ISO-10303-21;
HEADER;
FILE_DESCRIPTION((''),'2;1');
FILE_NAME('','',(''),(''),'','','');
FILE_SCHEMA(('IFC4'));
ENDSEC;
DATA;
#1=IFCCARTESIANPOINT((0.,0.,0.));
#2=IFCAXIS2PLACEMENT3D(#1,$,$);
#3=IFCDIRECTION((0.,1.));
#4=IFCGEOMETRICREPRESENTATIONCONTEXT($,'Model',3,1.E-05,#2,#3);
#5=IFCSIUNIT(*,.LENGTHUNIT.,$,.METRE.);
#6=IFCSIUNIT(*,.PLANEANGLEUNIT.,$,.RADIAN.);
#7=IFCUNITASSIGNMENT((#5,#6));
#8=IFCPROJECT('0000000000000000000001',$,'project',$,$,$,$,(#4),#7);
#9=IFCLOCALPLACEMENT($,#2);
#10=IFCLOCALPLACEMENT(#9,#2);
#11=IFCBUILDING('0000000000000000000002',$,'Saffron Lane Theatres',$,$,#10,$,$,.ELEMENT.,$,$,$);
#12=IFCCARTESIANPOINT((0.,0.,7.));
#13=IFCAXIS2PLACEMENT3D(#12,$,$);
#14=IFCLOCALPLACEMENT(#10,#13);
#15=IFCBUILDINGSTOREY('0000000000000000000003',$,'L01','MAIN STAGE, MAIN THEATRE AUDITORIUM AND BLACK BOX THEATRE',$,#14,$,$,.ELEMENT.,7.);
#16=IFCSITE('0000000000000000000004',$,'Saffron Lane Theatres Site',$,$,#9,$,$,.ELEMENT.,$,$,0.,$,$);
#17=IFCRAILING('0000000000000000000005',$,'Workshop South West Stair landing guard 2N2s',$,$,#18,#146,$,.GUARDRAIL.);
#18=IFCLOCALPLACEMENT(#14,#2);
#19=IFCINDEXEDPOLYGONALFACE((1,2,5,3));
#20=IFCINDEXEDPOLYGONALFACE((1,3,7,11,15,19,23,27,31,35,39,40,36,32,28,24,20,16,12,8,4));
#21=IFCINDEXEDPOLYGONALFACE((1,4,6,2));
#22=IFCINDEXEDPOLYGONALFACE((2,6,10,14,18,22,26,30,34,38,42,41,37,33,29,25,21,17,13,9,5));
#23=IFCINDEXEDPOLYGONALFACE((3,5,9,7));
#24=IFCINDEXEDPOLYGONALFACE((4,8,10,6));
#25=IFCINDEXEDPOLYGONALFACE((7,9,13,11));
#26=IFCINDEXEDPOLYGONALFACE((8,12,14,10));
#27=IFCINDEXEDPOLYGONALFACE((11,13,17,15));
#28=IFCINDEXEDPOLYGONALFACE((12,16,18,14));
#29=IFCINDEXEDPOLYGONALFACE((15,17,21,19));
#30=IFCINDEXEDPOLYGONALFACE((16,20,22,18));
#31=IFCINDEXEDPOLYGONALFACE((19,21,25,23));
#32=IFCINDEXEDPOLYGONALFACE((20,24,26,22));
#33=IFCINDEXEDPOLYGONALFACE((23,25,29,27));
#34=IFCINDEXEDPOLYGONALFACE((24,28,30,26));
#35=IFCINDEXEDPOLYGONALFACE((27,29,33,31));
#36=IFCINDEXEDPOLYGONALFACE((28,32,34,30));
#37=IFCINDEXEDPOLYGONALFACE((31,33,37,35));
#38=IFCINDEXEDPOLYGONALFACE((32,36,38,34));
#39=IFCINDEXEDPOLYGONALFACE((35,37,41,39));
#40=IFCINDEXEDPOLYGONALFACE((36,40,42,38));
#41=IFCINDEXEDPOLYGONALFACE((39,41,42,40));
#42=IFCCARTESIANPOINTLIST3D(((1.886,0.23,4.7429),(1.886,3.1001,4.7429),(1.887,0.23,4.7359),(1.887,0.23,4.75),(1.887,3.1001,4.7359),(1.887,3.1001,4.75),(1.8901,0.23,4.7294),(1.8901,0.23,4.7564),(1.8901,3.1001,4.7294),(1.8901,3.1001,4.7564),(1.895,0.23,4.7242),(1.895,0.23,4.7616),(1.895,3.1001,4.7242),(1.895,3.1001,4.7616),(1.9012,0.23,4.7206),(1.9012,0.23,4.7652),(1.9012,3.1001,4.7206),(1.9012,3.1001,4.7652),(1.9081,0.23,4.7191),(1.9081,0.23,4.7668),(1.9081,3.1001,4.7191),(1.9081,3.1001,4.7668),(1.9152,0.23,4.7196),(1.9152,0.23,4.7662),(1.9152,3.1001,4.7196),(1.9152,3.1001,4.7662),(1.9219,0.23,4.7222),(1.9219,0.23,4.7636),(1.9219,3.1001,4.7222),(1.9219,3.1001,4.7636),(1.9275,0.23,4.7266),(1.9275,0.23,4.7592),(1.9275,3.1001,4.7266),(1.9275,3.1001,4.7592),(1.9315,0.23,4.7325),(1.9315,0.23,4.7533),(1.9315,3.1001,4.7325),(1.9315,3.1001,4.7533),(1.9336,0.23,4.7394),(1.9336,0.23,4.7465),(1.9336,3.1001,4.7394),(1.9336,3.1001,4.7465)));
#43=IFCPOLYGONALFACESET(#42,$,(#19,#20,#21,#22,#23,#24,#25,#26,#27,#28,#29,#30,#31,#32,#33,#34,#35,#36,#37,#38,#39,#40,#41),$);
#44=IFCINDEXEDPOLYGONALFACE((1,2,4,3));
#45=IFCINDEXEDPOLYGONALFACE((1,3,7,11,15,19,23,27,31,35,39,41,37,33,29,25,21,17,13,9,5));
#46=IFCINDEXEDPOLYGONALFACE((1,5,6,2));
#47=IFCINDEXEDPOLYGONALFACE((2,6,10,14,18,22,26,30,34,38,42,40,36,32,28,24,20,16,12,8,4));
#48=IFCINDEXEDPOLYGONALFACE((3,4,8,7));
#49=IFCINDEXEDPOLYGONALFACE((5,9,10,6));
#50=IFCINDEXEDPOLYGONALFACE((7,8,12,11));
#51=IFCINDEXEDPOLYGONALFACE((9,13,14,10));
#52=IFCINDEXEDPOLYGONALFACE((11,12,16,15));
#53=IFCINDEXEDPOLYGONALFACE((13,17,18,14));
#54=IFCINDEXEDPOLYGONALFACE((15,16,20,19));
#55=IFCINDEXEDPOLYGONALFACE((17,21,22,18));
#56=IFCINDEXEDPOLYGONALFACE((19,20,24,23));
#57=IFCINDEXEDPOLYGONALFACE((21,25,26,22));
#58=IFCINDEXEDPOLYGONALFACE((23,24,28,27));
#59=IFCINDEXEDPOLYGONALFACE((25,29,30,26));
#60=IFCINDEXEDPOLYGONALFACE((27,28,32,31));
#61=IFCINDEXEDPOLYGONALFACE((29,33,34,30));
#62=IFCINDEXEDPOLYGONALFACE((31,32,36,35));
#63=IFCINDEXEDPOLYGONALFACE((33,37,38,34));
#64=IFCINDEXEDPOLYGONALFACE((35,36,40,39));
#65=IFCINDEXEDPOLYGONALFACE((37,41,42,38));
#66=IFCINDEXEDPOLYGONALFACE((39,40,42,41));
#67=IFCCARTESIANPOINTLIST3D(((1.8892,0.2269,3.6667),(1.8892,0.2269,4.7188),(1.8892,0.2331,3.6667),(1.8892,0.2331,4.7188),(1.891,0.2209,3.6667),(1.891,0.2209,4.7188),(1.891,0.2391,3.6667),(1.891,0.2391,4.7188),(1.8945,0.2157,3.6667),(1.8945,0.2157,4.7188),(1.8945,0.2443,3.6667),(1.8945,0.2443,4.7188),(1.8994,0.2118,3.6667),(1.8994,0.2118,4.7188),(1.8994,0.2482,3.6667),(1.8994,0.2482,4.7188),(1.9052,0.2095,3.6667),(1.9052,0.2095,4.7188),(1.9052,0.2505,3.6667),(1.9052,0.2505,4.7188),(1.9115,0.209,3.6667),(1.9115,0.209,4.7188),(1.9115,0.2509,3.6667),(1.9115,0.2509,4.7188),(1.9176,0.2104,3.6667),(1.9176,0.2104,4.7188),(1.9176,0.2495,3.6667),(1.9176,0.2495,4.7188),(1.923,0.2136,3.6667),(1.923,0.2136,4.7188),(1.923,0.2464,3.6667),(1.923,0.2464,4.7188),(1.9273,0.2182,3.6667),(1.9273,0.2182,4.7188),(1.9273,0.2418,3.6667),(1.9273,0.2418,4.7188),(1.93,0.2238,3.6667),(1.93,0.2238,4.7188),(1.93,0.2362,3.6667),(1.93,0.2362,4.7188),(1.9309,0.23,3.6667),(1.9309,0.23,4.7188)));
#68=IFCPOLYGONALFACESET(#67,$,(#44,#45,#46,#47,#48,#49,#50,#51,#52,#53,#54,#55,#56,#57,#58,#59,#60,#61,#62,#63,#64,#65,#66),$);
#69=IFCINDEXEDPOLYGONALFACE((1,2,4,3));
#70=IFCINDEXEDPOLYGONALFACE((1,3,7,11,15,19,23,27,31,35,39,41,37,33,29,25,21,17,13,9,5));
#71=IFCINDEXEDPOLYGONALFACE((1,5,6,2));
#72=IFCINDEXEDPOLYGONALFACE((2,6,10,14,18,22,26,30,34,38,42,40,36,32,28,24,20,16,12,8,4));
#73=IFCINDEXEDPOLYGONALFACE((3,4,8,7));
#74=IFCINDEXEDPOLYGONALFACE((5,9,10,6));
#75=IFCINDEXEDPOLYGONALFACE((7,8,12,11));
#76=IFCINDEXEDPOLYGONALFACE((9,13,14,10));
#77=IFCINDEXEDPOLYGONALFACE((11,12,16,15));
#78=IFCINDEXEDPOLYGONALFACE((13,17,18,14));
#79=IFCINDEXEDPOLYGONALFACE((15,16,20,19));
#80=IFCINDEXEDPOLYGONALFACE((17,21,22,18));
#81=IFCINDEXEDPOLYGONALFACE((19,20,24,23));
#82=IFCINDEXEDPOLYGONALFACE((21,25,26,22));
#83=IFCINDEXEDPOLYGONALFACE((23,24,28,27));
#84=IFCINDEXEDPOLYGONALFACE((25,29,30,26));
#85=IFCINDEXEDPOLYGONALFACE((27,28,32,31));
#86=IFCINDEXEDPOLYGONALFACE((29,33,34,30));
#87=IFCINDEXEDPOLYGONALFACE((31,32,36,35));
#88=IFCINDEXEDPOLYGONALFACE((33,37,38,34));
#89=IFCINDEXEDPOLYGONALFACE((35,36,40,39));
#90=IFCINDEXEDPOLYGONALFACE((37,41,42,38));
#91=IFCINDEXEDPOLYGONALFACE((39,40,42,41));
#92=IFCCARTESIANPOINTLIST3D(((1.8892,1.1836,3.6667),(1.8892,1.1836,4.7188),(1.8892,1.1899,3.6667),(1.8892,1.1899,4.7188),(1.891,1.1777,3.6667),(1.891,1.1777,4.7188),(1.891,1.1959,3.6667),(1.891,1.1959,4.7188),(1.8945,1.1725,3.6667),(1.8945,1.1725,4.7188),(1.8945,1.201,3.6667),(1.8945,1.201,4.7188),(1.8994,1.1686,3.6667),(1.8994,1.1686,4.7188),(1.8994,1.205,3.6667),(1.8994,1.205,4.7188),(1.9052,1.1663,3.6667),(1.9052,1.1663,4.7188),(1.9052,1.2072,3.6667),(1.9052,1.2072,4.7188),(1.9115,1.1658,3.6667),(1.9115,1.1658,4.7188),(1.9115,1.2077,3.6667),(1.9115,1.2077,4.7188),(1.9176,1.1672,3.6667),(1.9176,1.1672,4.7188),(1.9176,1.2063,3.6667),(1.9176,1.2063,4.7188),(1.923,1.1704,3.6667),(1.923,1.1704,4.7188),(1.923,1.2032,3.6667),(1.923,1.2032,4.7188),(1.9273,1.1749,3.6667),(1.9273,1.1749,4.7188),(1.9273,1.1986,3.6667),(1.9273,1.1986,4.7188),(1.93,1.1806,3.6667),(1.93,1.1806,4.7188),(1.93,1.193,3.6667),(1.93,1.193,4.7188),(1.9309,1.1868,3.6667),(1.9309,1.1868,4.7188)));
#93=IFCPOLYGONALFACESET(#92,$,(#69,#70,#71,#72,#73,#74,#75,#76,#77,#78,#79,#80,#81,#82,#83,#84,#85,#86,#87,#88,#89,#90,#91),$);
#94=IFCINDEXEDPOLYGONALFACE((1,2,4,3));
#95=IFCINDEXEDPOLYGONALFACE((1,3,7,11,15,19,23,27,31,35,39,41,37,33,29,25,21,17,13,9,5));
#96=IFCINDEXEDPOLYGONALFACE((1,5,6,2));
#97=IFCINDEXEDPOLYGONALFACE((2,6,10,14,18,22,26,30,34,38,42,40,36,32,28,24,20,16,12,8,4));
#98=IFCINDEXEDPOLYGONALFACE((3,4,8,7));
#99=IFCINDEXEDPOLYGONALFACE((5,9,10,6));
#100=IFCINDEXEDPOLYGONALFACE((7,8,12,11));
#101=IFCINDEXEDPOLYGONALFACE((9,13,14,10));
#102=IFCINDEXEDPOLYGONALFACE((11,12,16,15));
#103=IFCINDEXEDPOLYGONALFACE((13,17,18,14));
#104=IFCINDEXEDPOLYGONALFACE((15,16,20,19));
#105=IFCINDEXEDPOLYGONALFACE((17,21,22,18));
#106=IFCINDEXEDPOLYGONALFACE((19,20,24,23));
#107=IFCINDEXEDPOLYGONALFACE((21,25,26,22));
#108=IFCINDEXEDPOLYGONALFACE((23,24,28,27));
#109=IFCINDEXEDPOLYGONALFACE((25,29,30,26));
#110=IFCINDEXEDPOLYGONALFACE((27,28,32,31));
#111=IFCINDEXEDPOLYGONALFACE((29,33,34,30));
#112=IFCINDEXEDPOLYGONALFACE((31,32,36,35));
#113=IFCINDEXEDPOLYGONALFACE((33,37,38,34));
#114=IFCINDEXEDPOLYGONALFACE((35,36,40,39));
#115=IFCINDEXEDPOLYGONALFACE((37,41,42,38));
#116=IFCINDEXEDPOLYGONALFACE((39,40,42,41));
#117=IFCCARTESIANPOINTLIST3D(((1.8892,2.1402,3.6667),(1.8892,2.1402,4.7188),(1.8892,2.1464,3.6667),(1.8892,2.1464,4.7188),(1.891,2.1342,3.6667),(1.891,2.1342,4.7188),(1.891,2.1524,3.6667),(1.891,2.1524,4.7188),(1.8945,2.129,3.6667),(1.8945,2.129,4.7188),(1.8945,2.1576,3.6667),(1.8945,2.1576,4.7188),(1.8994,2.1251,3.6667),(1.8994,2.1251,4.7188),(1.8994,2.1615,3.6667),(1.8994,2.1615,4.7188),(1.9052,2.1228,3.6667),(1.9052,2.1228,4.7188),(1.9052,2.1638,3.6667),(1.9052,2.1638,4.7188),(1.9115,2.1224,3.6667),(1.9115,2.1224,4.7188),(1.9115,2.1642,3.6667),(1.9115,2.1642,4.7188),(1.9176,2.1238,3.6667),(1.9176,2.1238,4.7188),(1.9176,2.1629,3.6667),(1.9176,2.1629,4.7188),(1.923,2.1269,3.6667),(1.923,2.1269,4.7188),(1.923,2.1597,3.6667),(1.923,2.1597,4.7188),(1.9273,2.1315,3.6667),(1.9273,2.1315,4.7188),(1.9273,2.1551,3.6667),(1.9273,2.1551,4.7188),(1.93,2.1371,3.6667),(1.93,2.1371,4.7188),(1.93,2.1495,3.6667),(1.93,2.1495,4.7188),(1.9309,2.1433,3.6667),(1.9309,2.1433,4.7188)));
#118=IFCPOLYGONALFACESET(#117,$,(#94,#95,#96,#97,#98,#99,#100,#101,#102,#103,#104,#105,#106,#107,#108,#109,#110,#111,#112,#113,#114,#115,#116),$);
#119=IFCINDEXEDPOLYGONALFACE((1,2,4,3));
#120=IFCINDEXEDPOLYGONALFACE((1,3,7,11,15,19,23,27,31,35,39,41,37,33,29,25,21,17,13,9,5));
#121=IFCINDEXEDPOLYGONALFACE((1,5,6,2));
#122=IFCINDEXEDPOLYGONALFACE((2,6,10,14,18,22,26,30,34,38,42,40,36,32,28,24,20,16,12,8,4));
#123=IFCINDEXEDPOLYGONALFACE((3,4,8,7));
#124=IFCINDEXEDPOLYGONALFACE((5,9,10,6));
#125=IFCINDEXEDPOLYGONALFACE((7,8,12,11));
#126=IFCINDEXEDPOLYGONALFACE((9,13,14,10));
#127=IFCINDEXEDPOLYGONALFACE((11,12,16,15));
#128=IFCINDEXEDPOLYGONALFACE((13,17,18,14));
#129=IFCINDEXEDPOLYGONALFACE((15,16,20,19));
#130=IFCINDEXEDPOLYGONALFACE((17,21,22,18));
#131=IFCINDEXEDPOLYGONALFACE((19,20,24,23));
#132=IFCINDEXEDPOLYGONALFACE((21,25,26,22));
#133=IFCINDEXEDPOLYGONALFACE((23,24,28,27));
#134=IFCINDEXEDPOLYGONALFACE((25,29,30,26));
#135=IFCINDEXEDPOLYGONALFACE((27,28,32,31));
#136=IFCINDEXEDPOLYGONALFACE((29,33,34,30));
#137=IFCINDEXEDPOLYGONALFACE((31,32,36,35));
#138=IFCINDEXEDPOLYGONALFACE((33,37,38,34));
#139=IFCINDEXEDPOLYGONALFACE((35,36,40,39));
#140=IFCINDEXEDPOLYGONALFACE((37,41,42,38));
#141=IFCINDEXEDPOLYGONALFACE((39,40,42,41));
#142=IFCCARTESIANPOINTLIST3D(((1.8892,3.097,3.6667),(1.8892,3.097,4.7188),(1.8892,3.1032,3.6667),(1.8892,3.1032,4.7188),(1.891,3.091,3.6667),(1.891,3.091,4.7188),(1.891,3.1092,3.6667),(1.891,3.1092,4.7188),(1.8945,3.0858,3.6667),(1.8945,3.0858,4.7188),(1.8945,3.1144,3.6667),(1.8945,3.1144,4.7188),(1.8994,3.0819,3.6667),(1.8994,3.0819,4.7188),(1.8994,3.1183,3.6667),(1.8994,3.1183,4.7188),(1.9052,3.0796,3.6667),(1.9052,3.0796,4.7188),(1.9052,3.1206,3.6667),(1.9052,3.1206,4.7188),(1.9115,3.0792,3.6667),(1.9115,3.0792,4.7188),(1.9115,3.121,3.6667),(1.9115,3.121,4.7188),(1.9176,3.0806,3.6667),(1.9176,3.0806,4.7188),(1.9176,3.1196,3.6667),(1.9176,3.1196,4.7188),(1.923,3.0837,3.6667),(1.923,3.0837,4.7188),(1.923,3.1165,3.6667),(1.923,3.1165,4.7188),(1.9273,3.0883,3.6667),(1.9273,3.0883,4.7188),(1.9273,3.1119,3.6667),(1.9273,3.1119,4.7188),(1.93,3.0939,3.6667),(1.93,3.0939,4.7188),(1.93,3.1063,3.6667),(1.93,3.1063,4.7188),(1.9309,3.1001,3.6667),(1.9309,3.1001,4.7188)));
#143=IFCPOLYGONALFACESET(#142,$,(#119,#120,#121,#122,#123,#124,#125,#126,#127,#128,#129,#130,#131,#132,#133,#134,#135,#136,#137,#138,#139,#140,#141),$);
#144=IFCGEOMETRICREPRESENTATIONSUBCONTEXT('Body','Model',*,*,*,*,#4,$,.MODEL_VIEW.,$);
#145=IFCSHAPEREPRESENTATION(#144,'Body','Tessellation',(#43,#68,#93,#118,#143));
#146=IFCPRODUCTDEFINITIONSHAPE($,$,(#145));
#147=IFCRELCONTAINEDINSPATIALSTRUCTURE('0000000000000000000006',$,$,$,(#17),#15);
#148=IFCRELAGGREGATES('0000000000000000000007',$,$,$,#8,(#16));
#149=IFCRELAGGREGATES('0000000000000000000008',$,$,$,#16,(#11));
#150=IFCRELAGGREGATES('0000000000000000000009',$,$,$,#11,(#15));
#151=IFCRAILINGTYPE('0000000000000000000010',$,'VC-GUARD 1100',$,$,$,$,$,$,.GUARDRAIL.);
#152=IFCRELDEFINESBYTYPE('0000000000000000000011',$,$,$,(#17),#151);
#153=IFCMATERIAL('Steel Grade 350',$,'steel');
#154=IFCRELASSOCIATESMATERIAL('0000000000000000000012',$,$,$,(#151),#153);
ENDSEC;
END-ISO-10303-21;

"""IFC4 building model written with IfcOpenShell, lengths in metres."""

from ifc_helpers import new_model, si_unit, direction, frame, origin, origin_2d, place, context, subcontext, project, spatial, circle, extrude, material, type_object, element, save


model = new_model("IFC4")

# Units and contexts
model_context = context("Model", 3, precision=1e-05, world=origin(), true_north=direction((0.0, 1.0)))
body_context = subcontext(model_context, "Body", "Model", "MODEL_VIEW")
ifc_project = project(units=[si_unit("LENGTHUNIT", "METRE"), si_unit("PLANEANGLEUNIT", "RADIAN")], contexts=[model_context])

# Site, building, storey
site_placement = place(None, origin())
site = spatial("IfcSite", under=ifc_project, at=site_placement, Name="Saffron Lane Theatres Site", CompositionType="ELEMENT", RefElevation=0.0)
building_placement = place(site_placement, origin())
building = spatial("IfcBuilding", under=site, at=building_placement, Name="Saffron Lane Theatres", CompositionType="ELEMENT")
storey_placement = place(building_placement, frame((0.0, 0.0, 7.0)))
storey = spatial("IfcBuildingStorey", under=building, at=storey_placement, Name="L01", Description="MAIN STAGE, MAIN THEATRE AUDITORIUM AND BLACK BOX THEATRE", CompositionType="ELEMENT", Elevation=7.0)

# Railing
ifc_material_1 = material(Name="Steel Grade 350", Category="steel")
railing_type_1 = type_object("IfcRailingType", Name="VC-GUARD 1100", PredefinedType="GUARDRAIL", material=ifc_material_1)
railing_1_placement = place(storey_placement, frame((1.9099, 0.23, 3.6667)))
element("IfcRailing", 1, at=railing_1_placement, inside=storey, type_object=railing_type_1, Name="Workshop South West Stair landing guard 2N2s", PredefinedType="GUARDRAIL", context=body_context, shape_type="SweptSolid", body=[
    extrude(circle(Radius=0.0239, at=origin_2d()), frame((0.0, 0.0, 1.0762), z_axis=(0.0, 1.0, 0.0), x_axis=(-1.0, 0.0, 0.0)), (0.0, 0.0, 1.0), 2.8701),
    extrude(circle(Radius=0.021, at=origin_2d()), origin(), (0.0, 0.0, 1.0), 1.052),
    extrude(circle(Radius=0.021, at=origin_2d()), frame((0.0, 0.9568, 0.0)), (0.0, 0.0, 1.0), 1.052),
    extrude(circle(Radius=0.021, at=origin_2d()), frame((0.0, 1.9133, 0.0)), (0.0, 0.0, 1.0), 1.052),
    extrude(circle(Radius=0.021, at=origin_2d()), frame((0.0, 2.8701, 0.0)), (0.0, 0.0, 1.0), 1.052),
])

save(model, "model.ifc")
